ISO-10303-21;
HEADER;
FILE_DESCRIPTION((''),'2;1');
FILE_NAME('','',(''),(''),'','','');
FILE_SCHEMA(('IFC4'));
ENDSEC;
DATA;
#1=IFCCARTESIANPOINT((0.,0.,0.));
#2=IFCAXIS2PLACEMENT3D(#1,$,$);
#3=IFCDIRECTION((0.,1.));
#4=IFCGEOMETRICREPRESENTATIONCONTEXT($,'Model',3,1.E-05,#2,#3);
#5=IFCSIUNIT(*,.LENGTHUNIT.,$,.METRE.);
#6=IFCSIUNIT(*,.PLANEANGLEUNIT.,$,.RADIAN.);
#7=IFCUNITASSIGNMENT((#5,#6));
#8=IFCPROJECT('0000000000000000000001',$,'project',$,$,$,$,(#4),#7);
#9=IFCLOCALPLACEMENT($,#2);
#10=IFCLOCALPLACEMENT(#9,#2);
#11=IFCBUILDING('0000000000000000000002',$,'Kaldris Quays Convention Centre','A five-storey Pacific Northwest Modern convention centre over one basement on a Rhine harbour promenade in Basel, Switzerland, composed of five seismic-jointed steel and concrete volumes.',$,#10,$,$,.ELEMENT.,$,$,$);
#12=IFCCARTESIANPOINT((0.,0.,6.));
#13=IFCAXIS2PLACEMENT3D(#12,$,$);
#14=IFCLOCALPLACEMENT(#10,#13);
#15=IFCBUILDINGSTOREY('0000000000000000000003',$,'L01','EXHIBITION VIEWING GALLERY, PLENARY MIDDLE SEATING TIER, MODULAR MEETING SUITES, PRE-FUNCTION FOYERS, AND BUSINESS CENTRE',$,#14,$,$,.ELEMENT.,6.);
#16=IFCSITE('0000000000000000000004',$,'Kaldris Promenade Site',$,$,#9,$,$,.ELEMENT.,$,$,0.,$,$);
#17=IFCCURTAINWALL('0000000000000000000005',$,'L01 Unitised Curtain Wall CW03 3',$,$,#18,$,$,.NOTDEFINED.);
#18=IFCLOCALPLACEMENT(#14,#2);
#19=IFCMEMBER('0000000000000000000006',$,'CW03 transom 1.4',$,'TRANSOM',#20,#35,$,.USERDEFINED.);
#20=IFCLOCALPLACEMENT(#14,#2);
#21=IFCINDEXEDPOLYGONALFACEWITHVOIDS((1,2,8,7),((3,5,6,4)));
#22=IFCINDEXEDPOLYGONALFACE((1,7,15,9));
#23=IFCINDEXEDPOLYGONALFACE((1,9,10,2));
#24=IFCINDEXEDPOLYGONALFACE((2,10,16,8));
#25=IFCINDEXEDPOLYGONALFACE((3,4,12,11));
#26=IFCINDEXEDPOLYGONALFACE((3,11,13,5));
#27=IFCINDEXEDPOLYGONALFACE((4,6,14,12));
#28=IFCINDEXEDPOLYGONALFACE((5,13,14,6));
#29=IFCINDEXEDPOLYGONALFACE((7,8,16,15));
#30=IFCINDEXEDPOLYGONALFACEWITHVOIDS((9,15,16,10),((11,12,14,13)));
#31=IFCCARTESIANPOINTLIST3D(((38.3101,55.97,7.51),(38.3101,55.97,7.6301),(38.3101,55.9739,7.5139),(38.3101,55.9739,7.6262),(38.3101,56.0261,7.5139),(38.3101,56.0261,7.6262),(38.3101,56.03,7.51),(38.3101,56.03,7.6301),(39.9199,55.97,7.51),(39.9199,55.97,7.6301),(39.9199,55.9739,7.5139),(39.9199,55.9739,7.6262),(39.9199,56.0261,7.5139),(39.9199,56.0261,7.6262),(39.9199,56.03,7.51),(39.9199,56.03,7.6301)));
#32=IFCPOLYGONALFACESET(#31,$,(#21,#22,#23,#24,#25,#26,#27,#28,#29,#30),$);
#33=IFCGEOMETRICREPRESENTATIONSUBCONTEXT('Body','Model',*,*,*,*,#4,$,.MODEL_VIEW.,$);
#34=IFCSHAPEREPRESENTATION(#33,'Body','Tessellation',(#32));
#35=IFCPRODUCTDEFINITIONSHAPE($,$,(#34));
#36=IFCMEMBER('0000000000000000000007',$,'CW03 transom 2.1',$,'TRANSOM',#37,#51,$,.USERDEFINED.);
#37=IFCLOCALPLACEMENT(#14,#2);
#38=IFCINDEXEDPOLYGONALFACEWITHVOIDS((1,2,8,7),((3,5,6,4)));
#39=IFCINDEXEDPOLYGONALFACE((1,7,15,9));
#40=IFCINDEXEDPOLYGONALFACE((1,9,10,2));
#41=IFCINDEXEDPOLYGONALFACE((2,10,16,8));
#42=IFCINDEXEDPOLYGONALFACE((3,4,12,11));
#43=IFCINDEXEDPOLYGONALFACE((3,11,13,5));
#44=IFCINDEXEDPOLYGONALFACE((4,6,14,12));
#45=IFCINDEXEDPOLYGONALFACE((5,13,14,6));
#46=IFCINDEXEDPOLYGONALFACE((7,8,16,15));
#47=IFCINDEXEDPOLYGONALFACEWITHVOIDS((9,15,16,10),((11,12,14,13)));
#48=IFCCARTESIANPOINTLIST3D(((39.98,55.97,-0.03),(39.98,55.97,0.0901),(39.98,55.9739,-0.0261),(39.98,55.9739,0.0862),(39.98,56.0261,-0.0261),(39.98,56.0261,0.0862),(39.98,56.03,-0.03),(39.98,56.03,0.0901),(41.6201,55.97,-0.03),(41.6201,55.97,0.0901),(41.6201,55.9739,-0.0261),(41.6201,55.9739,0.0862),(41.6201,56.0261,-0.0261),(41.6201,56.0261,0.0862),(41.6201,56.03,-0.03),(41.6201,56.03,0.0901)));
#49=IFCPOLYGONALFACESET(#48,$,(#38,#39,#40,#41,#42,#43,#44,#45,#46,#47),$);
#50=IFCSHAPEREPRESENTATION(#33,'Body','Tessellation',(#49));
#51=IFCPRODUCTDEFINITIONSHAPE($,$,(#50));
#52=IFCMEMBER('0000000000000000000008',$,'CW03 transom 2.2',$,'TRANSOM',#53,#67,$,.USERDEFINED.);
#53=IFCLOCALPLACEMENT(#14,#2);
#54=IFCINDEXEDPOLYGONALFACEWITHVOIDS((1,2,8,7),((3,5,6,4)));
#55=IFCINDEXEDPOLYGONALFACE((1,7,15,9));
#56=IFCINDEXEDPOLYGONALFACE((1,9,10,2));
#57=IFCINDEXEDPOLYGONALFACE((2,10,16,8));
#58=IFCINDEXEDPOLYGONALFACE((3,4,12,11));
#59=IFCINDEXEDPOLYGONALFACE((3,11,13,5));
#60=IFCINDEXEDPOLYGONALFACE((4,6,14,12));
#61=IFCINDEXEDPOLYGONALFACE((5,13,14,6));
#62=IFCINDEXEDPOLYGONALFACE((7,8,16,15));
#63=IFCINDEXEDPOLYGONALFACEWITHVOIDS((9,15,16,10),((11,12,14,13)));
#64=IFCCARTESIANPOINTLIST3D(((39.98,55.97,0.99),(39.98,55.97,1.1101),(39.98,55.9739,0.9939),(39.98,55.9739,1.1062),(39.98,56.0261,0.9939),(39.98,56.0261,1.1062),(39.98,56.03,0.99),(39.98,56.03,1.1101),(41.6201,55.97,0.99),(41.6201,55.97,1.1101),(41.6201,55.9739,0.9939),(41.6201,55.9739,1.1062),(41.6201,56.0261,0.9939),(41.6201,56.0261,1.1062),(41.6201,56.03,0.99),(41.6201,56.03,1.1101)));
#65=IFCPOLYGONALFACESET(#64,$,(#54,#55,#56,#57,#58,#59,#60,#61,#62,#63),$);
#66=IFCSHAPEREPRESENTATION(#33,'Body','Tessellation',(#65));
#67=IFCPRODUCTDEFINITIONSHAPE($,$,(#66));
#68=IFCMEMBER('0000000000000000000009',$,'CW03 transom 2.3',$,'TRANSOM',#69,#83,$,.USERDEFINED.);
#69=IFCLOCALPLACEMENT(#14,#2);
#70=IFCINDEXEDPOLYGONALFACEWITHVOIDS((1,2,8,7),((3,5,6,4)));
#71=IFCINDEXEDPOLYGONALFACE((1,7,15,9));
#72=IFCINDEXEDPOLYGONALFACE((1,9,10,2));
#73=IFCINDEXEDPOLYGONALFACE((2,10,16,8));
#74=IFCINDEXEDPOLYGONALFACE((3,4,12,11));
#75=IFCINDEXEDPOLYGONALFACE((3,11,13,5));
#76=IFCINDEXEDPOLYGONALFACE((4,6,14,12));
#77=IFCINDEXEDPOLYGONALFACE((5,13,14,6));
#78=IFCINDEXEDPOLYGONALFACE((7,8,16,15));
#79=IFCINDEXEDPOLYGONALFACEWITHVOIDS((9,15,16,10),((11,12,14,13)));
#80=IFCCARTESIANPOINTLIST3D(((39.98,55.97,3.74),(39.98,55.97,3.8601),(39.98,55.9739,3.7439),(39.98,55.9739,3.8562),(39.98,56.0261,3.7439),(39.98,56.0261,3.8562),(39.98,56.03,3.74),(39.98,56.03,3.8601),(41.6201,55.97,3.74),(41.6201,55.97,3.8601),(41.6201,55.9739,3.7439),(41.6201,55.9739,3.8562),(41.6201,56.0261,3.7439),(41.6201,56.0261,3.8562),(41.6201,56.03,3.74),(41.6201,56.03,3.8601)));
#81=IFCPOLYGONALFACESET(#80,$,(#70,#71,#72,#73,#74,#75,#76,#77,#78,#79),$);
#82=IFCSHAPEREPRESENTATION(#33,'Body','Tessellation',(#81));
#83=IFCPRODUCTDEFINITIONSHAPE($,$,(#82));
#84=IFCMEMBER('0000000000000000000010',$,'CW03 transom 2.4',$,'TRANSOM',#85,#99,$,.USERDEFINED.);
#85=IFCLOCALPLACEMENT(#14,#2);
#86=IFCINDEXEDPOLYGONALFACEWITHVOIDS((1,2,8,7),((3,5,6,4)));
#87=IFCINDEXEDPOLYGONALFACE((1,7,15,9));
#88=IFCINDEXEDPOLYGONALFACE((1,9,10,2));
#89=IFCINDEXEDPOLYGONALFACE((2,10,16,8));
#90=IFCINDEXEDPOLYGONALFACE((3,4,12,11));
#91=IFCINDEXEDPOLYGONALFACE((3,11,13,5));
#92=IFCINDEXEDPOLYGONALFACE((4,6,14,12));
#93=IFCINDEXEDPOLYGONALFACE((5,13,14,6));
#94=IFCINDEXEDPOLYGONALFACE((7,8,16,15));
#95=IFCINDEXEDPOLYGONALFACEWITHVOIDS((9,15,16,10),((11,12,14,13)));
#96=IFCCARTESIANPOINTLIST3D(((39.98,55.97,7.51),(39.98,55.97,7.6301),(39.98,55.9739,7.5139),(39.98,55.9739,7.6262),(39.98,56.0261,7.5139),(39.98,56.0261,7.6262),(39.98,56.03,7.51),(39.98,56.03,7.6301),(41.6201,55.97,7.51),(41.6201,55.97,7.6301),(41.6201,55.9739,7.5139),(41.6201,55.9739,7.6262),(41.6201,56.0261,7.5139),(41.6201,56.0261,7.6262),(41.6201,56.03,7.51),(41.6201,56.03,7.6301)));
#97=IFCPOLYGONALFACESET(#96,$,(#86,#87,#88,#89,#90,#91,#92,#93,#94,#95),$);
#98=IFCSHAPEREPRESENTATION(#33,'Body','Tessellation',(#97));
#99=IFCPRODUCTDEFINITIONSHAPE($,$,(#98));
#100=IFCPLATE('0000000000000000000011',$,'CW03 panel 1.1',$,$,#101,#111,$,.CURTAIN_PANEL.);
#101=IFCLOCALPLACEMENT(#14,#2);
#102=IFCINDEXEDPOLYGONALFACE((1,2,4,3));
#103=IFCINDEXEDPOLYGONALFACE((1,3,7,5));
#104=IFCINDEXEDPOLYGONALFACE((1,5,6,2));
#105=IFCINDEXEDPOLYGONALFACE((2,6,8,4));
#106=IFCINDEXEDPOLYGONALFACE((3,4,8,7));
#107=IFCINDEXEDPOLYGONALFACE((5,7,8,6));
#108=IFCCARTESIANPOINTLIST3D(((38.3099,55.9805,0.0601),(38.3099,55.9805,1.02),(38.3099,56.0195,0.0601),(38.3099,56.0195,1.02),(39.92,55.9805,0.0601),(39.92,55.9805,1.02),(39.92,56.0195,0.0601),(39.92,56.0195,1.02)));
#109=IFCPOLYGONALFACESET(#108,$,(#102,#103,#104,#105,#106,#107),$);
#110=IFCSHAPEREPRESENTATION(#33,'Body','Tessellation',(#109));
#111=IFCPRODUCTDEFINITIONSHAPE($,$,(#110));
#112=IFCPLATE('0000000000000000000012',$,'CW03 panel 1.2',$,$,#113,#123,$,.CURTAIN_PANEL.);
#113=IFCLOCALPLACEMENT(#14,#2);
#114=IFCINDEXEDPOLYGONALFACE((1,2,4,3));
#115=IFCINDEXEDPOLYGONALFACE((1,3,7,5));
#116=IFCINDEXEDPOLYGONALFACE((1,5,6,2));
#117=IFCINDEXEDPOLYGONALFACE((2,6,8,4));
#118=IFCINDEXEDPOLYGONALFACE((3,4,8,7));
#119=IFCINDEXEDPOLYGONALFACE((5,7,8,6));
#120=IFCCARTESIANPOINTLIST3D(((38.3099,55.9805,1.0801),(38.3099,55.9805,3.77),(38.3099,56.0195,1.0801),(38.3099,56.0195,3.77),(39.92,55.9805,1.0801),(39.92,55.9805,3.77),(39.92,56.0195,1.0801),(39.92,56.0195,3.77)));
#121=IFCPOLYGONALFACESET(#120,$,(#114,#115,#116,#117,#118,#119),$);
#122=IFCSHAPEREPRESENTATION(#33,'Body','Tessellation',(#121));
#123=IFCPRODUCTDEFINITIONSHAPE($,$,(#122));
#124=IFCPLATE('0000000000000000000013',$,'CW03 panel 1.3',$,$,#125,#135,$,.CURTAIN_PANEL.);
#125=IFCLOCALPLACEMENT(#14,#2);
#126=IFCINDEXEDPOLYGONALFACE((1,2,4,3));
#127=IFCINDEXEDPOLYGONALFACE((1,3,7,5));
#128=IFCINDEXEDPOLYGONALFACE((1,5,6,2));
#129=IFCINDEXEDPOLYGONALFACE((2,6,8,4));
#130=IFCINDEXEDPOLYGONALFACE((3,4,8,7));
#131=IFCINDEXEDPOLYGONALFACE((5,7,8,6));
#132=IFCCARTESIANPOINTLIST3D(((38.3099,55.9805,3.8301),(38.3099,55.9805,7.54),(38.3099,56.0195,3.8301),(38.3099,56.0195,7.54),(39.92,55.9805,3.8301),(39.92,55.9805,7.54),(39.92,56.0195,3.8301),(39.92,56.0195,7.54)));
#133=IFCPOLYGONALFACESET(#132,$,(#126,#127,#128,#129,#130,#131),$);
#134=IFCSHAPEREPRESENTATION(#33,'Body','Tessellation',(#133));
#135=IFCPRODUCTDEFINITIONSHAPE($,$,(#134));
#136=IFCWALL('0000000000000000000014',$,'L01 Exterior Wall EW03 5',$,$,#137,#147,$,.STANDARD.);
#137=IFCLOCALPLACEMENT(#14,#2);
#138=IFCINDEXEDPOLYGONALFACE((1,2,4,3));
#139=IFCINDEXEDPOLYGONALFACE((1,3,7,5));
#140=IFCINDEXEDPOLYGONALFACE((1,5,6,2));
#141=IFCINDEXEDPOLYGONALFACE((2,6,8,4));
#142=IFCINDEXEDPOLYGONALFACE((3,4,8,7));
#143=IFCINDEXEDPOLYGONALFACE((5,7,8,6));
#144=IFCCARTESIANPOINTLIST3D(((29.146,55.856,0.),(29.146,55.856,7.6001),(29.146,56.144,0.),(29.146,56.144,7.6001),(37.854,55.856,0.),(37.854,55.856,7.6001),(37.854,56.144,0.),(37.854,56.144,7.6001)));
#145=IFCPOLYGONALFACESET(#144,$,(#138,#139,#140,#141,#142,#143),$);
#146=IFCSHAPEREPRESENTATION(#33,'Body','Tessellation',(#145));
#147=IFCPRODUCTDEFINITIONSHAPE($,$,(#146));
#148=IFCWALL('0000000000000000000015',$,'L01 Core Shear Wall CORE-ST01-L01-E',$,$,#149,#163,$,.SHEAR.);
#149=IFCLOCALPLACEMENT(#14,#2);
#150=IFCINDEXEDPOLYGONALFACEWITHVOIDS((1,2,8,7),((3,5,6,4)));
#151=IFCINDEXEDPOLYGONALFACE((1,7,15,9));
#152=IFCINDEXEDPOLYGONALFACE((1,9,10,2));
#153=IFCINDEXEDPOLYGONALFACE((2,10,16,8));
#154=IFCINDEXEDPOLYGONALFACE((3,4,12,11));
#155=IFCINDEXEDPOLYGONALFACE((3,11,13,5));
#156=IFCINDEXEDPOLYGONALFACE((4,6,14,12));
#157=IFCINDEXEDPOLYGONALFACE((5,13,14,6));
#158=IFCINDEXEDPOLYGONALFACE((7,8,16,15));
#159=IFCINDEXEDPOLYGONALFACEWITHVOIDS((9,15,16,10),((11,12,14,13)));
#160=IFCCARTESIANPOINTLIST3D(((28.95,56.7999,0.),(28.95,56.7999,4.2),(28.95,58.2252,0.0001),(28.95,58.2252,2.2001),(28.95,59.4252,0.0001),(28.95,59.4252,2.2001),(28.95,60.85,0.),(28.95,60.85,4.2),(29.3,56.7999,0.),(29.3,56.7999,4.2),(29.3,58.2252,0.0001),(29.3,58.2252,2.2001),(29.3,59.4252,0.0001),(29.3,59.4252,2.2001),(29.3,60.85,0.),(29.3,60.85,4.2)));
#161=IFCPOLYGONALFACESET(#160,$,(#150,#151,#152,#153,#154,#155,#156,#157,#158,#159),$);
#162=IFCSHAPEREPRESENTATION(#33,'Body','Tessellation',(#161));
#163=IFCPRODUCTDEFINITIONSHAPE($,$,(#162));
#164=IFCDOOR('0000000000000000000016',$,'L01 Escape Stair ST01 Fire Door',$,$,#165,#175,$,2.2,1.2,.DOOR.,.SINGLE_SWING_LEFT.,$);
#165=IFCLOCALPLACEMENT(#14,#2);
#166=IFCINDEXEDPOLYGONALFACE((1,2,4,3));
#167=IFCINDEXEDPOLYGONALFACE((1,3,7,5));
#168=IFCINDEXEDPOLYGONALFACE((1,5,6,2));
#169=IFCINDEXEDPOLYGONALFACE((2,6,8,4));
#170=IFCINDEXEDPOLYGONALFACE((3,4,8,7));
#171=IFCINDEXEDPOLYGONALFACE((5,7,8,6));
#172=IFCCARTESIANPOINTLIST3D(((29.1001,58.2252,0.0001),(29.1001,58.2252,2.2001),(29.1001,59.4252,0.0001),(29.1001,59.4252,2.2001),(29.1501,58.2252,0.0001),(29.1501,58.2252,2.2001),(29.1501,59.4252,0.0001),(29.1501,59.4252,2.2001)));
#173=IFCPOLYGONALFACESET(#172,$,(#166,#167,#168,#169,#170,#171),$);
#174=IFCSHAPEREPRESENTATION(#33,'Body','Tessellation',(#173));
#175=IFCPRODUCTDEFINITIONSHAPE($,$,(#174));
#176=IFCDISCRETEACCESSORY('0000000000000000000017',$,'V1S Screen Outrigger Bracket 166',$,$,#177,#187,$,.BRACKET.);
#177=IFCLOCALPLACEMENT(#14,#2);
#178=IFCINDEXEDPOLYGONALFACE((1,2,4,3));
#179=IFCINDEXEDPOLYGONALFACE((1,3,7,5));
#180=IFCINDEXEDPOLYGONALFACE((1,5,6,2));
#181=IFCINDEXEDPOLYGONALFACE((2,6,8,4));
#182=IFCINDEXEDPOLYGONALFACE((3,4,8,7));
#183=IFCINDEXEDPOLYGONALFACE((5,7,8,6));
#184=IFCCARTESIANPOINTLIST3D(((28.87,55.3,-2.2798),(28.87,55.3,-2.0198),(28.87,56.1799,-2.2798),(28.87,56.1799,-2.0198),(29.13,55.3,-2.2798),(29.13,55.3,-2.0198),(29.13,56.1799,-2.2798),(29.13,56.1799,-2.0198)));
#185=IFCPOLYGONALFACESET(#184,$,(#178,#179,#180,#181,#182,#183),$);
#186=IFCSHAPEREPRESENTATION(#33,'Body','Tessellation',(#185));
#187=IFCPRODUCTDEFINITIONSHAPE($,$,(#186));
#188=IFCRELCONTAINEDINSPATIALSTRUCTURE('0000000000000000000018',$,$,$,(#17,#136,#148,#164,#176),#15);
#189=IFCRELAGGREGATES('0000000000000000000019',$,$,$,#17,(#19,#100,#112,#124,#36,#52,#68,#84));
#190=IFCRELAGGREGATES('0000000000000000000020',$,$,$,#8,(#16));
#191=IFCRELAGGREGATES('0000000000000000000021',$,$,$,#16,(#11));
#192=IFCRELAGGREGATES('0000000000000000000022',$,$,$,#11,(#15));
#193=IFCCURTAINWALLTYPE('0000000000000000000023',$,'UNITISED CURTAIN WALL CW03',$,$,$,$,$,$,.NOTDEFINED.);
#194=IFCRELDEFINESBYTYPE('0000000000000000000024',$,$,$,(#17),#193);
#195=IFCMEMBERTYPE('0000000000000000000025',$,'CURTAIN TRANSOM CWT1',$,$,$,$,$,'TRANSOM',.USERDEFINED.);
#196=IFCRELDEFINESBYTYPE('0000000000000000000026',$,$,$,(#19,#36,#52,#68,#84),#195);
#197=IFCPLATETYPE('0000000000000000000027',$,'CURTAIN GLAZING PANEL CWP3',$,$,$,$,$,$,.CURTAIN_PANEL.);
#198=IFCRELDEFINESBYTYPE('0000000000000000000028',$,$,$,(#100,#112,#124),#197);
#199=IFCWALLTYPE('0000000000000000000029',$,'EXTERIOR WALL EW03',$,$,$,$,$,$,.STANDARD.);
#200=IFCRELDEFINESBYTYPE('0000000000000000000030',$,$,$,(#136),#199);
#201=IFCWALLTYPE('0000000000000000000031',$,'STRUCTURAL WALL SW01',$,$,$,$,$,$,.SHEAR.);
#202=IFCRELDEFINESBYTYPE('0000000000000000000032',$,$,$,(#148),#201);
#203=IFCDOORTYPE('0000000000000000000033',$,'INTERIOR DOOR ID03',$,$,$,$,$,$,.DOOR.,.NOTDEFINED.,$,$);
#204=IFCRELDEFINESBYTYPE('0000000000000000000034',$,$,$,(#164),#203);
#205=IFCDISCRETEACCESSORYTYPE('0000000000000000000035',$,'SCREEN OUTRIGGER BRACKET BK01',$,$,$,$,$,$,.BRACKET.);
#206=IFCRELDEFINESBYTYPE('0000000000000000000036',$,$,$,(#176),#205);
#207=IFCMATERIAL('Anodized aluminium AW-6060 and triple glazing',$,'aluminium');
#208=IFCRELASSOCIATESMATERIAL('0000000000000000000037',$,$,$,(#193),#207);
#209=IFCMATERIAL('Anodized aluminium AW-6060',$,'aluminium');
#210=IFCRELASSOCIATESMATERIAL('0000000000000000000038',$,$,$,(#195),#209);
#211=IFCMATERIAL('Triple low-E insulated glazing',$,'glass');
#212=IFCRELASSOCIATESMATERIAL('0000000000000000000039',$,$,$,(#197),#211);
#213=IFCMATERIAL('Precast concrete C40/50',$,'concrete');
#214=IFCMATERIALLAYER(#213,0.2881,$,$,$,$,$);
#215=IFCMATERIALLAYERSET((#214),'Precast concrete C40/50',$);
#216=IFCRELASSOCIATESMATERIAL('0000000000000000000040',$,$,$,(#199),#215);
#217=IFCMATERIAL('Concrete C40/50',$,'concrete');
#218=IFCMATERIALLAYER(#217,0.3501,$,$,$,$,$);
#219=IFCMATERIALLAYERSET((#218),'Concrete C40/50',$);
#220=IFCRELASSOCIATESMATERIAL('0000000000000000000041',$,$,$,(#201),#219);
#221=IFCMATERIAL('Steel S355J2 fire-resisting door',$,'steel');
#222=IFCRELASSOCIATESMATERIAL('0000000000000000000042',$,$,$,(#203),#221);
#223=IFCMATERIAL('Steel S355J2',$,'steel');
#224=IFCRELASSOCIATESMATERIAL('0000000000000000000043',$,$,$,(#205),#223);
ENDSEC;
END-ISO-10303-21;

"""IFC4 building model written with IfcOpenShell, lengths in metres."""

from ifc_helpers import new_model, si_unit, direction, frame, frame_2d, origin, origin_2d, place, context, subcontext, project, spatial, rectangle, hollow_rectangle, extrude, material, layer, layer_set, material_profile, profile_set, type_object, element, fill, aggregate, save


model = new_model("IFC4")

# Units and contexts
model_context = context("Model", 3, precision=1e-05, world=origin(), true_north=direction((0.0, 1.0)))
body_context = subcontext(model_context, "Body", "Model", "MODEL_VIEW")
ifc_project = project(units=[si_unit("LENGTHUNIT", "METRE"), si_unit("PLANEANGLEUNIT", "RADIAN")], contexts=[model_context])

# Site, building, storey
site_placement = place(None, origin())
site = spatial("IfcSite", under=ifc_project, at=site_placement, Name="Kaldris Promenade Site", CompositionType="ELEMENT", RefElevation=0.0)
building_placement = place(site_placement, origin())
building = spatial("IfcBuilding", under=site, at=building_placement, Name="Kaldris Quays Convention Centre", Description="A five-storey Pacific Northwest Modern convention centre over one basement on a Rhine harbour promenade in Basel, Switzerland, composed of five seismic-jointed steel and concrete volumes.", CompositionType="ELEMENT")
storey_placement = place(building_placement, frame((0.0, 0.0, 6.0)))
storey = spatial("IfcBuildingStorey", under=building, at=storey_placement, Name="L01", Description="EXHIBITION VIEWING GALLERY, PLENARY MIDDLE SEATING TIER, MODULAR MEETING SUITES, PRE-FUNCTION FOYERS, AND BUSINESS CENTRE", CompositionType="ELEMENT", Elevation=6.0)

# Shared definitions
ifc_material_1 = material(Name="Steel S355J2", Category="steel")

# Curtain wall, members, plates
ifc_material_2 = material(Name="Anodized aluminium AW-6060 and triple glazing", Category="aluminium")
curtain_wall_type = type_object("IfcCurtainWallType", Name="UNITISED CURTAIN WALL CW03", PredefinedType="NOTDEFINED", material=ifc_material_2)
curtain_wall_placement = place(storey_placement, origin())
curtain_wall = element("IfcCurtainWall", 1, at=curtain_wall_placement, inside=storey, type_object=curtain_wall_type, Name="L01 Unitised Curtain Wall CW03 3", PredefinedType="NOTDEFINED")
ifc_material_3 = material(Name="Anodized aluminium AW-6060", Category="aluminium")
ifc_material_profile_1 = material_profile(ifc_material_3, hollow_rectangle(XDim=0.0601, YDim=0.1201, WallThickness=0.0039, at=origin_2d()), Name="RHS 120x60x4")
ifc_profile_set_1 = profile_set([ifc_material_profile_1], Name="Anodized aluminium AW-6060")
member_type_1 = type_object("IfcMemberType", Name="CURTAIN TRANSOM CWT1", ElementType="TRANSOM", PredefinedType="USERDEFINED", material=ifc_profile_set_1)
member_1_placement = place(storey_placement, frame((38.3101, 56.0, 7.5701), z_axis=(1.0, 0.0, 0.0), x_axis=(0.0, 1.0, 0.0)))
member_1 = element("IfcMember", 2, at=member_1_placement, type_object=member_type_1, Name="CW03 transom 1.4", ObjectType="TRANSOM", PredefinedType="USERDEFINED", context=body_context, shape_type="SweptSolid", body=[
    extrude(hollow_rectangle(XDim=0.0601, YDim=0.1201, WallThickness=0.0039, at=origin_2d()), origin(), (0.0, 0.0, 1.0), 1.6099),
])
member_2_placement = place(storey_placement, frame((39.98, 56.0, 0.03), z_axis=(1.0, 0.0, 0.0), x_axis=(0.0, 1.0, 0.0)))
member_2 = element("IfcMember", 3, at=member_2_placement, type_object=member_type_1, Name="CW03 transom 2.1", ObjectType="TRANSOM", PredefinedType="USERDEFINED", context=body_context, shape_type="SweptSolid", body=[
    extrude(hollow_rectangle(XDim=0.0601, YDim=0.1201, WallThickness=0.0039, at=origin_2d()), origin(), (0.0, 0.0, 1.0), 1.6401),
])
member_3_placement = place(storey_placement, frame((39.98, 56.0, 1.05), z_axis=(1.0, 0.0, 0.0), x_axis=(0.0, 1.0, 0.0)))
member_3 = element("IfcMember", 4, at=member_3_placement, type_object=member_type_1, Name="CW03 transom 2.2", ObjectType="TRANSOM", PredefinedType="USERDEFINED", context=body_context, shape_type="SweptSolid", body=[
    extrude(hollow_rectangle(XDim=0.0601, YDim=0.1201, WallThickness=0.0039, at=origin_2d()), origin(), (0.0, 0.0, 1.0), 1.6401),
])
member_4_placement = place(storey_placement, frame((39.98, 56.0, 3.8), z_axis=(1.0, 0.0, 0.0), x_axis=(0.0, 1.0, 0.0)))
member_4 = element("IfcMember", 5, at=member_4_placement, type_object=member_type_1, Name="CW03 transom 2.3", ObjectType="TRANSOM", PredefinedType="USERDEFINED", context=body_context, shape_type="SweptSolid", body=[
    extrude(hollow_rectangle(XDim=0.0601, YDim=0.1201, WallThickness=0.0039, at=origin_2d()), origin(), (0.0, 0.0, 1.0), 1.6401),
])
member_5_placement = place(storey_placement, frame((39.98, 56.0, 7.5701), z_axis=(1.0, 0.0, 0.0), x_axis=(0.0, 1.0, 0.0)))
member_5 = element("IfcMember", 6, at=member_5_placement, type_object=member_type_1, Name="CW03 transom 2.4", ObjectType="TRANSOM", PredefinedType="USERDEFINED", context=body_context, shape_type="SweptSolid", body=[
    extrude(hollow_rectangle(XDim=0.0601, YDim=0.1201, WallThickness=0.0039, at=origin_2d()), origin(), (0.0, 0.0, 1.0), 1.6401),
])
ifc_material_4 = material(Name="Triple low-E insulated glazing", Category="glass")
plate_type = type_object("IfcPlateType", Name="CURTAIN GLAZING PANEL CWP3", PredefinedType="CURTAIN_PANEL", material=ifc_material_4)
plate_1_placement = place(storey_placement, frame((39.115, 56.0, 0.0601), z_axis=(0.0, 0.0, 1.0), x_axis=(1.0, 0.0, 0.0)))
plate_1 = element("IfcPlate", 7, at=plate_1_placement, type_object=plate_type, Name="CW03 panel 1.1", PredefinedType="CURTAIN_PANEL", context=body_context, shape_type="SweptSolid", body=[
    extrude(rectangle(XDim=1.6101, YDim=0.0391, at=origin_2d()), origin(), (0.0, 0.0, 1.0), 0.96),
])
plate_2_placement = place(storey_placement, frame((39.115, 56.0, 1.0801), z_axis=(0.0, 0.0, 1.0), x_axis=(1.0, 0.0, 0.0)))
plate_2 = element("IfcPlate", 8, at=plate_2_placement, type_object=plate_type, Name="CW03 panel 1.2", PredefinedType="CURTAIN_PANEL", context=body_context, shape_type="SweptSolid", body=[
    extrude(rectangle(XDim=1.6101, YDim=0.0391, at=origin_2d()), origin(), (0.0, 0.0, 1.0), 2.6899),
])
plate_3_placement = place(storey_placement, frame((39.115, 56.0, 3.8301), z_axis=(0.0, 0.0, 1.0), x_axis=(1.0, 0.0, 0.0)))
plate_3 = element("IfcPlate", 9, at=plate_3_placement, type_object=plate_type, Name="CW03 panel 1.3", PredefinedType="CURTAIN_PANEL", context=body_context, shape_type="SweptSolid", body=[
    extrude(rectangle(XDim=1.6101, YDim=0.0391, at=origin_2d()), origin(), (0.0, 0.0, 1.0), 3.71),
])
aggregate(curtain_wall, [member_1, plate_1, plate_2, plate_3, member_2, member_3, member_4, member_5])

# Wall
ifc_material_5 = material(Name="Precast concrete C40/50", Category="concrete")
ifc_layer_1 = layer(ifc_material_5, 0.2881)
ifc_layer_set_1 = layer_set([ifc_layer_1], Name="Precast concrete C40/50")
wall_type_1 = type_object("IfcWallType", Name="EXTERIOR WALL EW03", PredefinedType="STANDARD", material=ifc_layer_set_1)
wall_1_placement = place(storey_placement, frame((29.146, 56.0, 0.0), z_axis=(0.0, 0.0, 1.0), x_axis=(1.0, 0.0, 0.0)))
element("IfcWall", 10, at=wall_1_placement, inside=storey, type_object=wall_type_1, Name="L01 Exterior Wall EW03 5", PredefinedType="STANDARD", context=body_context, shape_type="SweptSolid", body=[
    extrude(rectangle(XDim=8.708, YDim=0.2881, at=frame_2d((4.354, 0.0))), origin(), (0.0, 0.0, 1.0), 7.6001),
])

# Wall, opening, door
ifc_material_6 = material(Name="Concrete C40/50", Category="concrete")
ifc_layer_2 = layer(ifc_material_6, 0.3501)
ifc_layer_set_2 = layer_set([ifc_layer_2], Name="Concrete C40/50")
wall_type_2 = type_object("IfcWallType", Name="STRUCTURAL WALL SW01", PredefinedType="SHEAR", material=ifc_layer_set_2)
wall_2_placement = place(storey_placement, frame((29.125, 56.8, 0.0), z_axis=(0.0, 0.0, 1.0), x_axis=(0.0, 1.0, 0.0)))
wall_2 = element("IfcWall", 11, at=wall_2_placement, inside=storey, type_object=wall_type_2, Name="L01 Core Shear Wall CORE-ST01-L01-E", PredefinedType="SHEAR", context=body_context, shape_type="SweptSolid", body=[
    extrude(rectangle(XDim=4.05, YDim=0.3501, at=frame_2d((2.0249, 0.0))), origin(), (0.0, 0.0, 1.0), 4.2),
])
opening_placement = place(wall_2_placement, frame((1.425, 0.0, 0.0)))
opening = element("IfcOpeningElement", 12, at=opening_placement, cuts=wall_2, PredefinedType="OPENING", context=body_context, shape_type="SweptSolid", body=[
    extrude(rectangle(XDim=1.2, YDim=2.2, at=frame_2d((0.6001, 1.1001))), frame((0.0, 0.1851, 0.0), z_axis=(0.0, -1.0, 0.0), x_axis=(1.0, 0.0, 0.0)), (0.0, 0.0, 1.0), 0.3701),
])
ifc_material_7 = material(Name="Steel S355J2 fire-resisting door", Category="steel")
door_type = type_object("IfcDoorType", Name="INTERIOR DOOR ID03", OperationType="NOTDEFINED", PredefinedType="DOOR", material=ifc_material_7)
door_placement = place(opening_placement, origin())
door = element("IfcDoor", 13, at=door_placement, inside=storey, type_object=door_type, Name="L01 Escape Stair ST01 Fire Door", OperationType="SINGLE_SWING_LEFT", OverallHeight=2.2, OverallWidth=1.2, PredefinedType="DOOR", context=body_context, shape_type="SweptSolid", body=[
    extrude(rectangle(XDim=1.2, YDim=2.2, at=frame_2d((0.6001, 1.1001))), frame((0.0, 0.0249, 0.0), z_axis=(0.0, -1.0, 0.0), x_axis=(1.0, 0.0, 0.0)), (0.0, 0.0, 1.0), 0.05),
])
fill(opening, door)

# Discrete accessory
discrete_accessory_type = type_object("IfcDiscreteAccessoryType", Name="SCREEN OUTRIGGER BRACKET BK01", PredefinedType="BRACKET", material=ifc_material_1)
for number, where, z_axis, x_axis, name in (
    (14, (29.0, 55.74, -2.2798), (0.0, 0.0, 1.0), (1.0, 0.0, 0.0), "V1S Screen Outrigger Bracket 166"),
):
    element("IfcDiscreteAccessory", number, at=place(storey_placement, frame(where, z_axis=z_axis, x_axis=x_axis)), inside=storey, type_object=discrete_accessory_type, Name=name, PredefinedType="BRACKET", context=body_context, shape_type="SweptSolid", body=[
        extrude(rectangle(XDim=0.26, YDim=0.8799, at=origin_2d()), origin(), (0.0, 0.0, 1.0), 0.26),
    ])

save(model, "model.ifc")
